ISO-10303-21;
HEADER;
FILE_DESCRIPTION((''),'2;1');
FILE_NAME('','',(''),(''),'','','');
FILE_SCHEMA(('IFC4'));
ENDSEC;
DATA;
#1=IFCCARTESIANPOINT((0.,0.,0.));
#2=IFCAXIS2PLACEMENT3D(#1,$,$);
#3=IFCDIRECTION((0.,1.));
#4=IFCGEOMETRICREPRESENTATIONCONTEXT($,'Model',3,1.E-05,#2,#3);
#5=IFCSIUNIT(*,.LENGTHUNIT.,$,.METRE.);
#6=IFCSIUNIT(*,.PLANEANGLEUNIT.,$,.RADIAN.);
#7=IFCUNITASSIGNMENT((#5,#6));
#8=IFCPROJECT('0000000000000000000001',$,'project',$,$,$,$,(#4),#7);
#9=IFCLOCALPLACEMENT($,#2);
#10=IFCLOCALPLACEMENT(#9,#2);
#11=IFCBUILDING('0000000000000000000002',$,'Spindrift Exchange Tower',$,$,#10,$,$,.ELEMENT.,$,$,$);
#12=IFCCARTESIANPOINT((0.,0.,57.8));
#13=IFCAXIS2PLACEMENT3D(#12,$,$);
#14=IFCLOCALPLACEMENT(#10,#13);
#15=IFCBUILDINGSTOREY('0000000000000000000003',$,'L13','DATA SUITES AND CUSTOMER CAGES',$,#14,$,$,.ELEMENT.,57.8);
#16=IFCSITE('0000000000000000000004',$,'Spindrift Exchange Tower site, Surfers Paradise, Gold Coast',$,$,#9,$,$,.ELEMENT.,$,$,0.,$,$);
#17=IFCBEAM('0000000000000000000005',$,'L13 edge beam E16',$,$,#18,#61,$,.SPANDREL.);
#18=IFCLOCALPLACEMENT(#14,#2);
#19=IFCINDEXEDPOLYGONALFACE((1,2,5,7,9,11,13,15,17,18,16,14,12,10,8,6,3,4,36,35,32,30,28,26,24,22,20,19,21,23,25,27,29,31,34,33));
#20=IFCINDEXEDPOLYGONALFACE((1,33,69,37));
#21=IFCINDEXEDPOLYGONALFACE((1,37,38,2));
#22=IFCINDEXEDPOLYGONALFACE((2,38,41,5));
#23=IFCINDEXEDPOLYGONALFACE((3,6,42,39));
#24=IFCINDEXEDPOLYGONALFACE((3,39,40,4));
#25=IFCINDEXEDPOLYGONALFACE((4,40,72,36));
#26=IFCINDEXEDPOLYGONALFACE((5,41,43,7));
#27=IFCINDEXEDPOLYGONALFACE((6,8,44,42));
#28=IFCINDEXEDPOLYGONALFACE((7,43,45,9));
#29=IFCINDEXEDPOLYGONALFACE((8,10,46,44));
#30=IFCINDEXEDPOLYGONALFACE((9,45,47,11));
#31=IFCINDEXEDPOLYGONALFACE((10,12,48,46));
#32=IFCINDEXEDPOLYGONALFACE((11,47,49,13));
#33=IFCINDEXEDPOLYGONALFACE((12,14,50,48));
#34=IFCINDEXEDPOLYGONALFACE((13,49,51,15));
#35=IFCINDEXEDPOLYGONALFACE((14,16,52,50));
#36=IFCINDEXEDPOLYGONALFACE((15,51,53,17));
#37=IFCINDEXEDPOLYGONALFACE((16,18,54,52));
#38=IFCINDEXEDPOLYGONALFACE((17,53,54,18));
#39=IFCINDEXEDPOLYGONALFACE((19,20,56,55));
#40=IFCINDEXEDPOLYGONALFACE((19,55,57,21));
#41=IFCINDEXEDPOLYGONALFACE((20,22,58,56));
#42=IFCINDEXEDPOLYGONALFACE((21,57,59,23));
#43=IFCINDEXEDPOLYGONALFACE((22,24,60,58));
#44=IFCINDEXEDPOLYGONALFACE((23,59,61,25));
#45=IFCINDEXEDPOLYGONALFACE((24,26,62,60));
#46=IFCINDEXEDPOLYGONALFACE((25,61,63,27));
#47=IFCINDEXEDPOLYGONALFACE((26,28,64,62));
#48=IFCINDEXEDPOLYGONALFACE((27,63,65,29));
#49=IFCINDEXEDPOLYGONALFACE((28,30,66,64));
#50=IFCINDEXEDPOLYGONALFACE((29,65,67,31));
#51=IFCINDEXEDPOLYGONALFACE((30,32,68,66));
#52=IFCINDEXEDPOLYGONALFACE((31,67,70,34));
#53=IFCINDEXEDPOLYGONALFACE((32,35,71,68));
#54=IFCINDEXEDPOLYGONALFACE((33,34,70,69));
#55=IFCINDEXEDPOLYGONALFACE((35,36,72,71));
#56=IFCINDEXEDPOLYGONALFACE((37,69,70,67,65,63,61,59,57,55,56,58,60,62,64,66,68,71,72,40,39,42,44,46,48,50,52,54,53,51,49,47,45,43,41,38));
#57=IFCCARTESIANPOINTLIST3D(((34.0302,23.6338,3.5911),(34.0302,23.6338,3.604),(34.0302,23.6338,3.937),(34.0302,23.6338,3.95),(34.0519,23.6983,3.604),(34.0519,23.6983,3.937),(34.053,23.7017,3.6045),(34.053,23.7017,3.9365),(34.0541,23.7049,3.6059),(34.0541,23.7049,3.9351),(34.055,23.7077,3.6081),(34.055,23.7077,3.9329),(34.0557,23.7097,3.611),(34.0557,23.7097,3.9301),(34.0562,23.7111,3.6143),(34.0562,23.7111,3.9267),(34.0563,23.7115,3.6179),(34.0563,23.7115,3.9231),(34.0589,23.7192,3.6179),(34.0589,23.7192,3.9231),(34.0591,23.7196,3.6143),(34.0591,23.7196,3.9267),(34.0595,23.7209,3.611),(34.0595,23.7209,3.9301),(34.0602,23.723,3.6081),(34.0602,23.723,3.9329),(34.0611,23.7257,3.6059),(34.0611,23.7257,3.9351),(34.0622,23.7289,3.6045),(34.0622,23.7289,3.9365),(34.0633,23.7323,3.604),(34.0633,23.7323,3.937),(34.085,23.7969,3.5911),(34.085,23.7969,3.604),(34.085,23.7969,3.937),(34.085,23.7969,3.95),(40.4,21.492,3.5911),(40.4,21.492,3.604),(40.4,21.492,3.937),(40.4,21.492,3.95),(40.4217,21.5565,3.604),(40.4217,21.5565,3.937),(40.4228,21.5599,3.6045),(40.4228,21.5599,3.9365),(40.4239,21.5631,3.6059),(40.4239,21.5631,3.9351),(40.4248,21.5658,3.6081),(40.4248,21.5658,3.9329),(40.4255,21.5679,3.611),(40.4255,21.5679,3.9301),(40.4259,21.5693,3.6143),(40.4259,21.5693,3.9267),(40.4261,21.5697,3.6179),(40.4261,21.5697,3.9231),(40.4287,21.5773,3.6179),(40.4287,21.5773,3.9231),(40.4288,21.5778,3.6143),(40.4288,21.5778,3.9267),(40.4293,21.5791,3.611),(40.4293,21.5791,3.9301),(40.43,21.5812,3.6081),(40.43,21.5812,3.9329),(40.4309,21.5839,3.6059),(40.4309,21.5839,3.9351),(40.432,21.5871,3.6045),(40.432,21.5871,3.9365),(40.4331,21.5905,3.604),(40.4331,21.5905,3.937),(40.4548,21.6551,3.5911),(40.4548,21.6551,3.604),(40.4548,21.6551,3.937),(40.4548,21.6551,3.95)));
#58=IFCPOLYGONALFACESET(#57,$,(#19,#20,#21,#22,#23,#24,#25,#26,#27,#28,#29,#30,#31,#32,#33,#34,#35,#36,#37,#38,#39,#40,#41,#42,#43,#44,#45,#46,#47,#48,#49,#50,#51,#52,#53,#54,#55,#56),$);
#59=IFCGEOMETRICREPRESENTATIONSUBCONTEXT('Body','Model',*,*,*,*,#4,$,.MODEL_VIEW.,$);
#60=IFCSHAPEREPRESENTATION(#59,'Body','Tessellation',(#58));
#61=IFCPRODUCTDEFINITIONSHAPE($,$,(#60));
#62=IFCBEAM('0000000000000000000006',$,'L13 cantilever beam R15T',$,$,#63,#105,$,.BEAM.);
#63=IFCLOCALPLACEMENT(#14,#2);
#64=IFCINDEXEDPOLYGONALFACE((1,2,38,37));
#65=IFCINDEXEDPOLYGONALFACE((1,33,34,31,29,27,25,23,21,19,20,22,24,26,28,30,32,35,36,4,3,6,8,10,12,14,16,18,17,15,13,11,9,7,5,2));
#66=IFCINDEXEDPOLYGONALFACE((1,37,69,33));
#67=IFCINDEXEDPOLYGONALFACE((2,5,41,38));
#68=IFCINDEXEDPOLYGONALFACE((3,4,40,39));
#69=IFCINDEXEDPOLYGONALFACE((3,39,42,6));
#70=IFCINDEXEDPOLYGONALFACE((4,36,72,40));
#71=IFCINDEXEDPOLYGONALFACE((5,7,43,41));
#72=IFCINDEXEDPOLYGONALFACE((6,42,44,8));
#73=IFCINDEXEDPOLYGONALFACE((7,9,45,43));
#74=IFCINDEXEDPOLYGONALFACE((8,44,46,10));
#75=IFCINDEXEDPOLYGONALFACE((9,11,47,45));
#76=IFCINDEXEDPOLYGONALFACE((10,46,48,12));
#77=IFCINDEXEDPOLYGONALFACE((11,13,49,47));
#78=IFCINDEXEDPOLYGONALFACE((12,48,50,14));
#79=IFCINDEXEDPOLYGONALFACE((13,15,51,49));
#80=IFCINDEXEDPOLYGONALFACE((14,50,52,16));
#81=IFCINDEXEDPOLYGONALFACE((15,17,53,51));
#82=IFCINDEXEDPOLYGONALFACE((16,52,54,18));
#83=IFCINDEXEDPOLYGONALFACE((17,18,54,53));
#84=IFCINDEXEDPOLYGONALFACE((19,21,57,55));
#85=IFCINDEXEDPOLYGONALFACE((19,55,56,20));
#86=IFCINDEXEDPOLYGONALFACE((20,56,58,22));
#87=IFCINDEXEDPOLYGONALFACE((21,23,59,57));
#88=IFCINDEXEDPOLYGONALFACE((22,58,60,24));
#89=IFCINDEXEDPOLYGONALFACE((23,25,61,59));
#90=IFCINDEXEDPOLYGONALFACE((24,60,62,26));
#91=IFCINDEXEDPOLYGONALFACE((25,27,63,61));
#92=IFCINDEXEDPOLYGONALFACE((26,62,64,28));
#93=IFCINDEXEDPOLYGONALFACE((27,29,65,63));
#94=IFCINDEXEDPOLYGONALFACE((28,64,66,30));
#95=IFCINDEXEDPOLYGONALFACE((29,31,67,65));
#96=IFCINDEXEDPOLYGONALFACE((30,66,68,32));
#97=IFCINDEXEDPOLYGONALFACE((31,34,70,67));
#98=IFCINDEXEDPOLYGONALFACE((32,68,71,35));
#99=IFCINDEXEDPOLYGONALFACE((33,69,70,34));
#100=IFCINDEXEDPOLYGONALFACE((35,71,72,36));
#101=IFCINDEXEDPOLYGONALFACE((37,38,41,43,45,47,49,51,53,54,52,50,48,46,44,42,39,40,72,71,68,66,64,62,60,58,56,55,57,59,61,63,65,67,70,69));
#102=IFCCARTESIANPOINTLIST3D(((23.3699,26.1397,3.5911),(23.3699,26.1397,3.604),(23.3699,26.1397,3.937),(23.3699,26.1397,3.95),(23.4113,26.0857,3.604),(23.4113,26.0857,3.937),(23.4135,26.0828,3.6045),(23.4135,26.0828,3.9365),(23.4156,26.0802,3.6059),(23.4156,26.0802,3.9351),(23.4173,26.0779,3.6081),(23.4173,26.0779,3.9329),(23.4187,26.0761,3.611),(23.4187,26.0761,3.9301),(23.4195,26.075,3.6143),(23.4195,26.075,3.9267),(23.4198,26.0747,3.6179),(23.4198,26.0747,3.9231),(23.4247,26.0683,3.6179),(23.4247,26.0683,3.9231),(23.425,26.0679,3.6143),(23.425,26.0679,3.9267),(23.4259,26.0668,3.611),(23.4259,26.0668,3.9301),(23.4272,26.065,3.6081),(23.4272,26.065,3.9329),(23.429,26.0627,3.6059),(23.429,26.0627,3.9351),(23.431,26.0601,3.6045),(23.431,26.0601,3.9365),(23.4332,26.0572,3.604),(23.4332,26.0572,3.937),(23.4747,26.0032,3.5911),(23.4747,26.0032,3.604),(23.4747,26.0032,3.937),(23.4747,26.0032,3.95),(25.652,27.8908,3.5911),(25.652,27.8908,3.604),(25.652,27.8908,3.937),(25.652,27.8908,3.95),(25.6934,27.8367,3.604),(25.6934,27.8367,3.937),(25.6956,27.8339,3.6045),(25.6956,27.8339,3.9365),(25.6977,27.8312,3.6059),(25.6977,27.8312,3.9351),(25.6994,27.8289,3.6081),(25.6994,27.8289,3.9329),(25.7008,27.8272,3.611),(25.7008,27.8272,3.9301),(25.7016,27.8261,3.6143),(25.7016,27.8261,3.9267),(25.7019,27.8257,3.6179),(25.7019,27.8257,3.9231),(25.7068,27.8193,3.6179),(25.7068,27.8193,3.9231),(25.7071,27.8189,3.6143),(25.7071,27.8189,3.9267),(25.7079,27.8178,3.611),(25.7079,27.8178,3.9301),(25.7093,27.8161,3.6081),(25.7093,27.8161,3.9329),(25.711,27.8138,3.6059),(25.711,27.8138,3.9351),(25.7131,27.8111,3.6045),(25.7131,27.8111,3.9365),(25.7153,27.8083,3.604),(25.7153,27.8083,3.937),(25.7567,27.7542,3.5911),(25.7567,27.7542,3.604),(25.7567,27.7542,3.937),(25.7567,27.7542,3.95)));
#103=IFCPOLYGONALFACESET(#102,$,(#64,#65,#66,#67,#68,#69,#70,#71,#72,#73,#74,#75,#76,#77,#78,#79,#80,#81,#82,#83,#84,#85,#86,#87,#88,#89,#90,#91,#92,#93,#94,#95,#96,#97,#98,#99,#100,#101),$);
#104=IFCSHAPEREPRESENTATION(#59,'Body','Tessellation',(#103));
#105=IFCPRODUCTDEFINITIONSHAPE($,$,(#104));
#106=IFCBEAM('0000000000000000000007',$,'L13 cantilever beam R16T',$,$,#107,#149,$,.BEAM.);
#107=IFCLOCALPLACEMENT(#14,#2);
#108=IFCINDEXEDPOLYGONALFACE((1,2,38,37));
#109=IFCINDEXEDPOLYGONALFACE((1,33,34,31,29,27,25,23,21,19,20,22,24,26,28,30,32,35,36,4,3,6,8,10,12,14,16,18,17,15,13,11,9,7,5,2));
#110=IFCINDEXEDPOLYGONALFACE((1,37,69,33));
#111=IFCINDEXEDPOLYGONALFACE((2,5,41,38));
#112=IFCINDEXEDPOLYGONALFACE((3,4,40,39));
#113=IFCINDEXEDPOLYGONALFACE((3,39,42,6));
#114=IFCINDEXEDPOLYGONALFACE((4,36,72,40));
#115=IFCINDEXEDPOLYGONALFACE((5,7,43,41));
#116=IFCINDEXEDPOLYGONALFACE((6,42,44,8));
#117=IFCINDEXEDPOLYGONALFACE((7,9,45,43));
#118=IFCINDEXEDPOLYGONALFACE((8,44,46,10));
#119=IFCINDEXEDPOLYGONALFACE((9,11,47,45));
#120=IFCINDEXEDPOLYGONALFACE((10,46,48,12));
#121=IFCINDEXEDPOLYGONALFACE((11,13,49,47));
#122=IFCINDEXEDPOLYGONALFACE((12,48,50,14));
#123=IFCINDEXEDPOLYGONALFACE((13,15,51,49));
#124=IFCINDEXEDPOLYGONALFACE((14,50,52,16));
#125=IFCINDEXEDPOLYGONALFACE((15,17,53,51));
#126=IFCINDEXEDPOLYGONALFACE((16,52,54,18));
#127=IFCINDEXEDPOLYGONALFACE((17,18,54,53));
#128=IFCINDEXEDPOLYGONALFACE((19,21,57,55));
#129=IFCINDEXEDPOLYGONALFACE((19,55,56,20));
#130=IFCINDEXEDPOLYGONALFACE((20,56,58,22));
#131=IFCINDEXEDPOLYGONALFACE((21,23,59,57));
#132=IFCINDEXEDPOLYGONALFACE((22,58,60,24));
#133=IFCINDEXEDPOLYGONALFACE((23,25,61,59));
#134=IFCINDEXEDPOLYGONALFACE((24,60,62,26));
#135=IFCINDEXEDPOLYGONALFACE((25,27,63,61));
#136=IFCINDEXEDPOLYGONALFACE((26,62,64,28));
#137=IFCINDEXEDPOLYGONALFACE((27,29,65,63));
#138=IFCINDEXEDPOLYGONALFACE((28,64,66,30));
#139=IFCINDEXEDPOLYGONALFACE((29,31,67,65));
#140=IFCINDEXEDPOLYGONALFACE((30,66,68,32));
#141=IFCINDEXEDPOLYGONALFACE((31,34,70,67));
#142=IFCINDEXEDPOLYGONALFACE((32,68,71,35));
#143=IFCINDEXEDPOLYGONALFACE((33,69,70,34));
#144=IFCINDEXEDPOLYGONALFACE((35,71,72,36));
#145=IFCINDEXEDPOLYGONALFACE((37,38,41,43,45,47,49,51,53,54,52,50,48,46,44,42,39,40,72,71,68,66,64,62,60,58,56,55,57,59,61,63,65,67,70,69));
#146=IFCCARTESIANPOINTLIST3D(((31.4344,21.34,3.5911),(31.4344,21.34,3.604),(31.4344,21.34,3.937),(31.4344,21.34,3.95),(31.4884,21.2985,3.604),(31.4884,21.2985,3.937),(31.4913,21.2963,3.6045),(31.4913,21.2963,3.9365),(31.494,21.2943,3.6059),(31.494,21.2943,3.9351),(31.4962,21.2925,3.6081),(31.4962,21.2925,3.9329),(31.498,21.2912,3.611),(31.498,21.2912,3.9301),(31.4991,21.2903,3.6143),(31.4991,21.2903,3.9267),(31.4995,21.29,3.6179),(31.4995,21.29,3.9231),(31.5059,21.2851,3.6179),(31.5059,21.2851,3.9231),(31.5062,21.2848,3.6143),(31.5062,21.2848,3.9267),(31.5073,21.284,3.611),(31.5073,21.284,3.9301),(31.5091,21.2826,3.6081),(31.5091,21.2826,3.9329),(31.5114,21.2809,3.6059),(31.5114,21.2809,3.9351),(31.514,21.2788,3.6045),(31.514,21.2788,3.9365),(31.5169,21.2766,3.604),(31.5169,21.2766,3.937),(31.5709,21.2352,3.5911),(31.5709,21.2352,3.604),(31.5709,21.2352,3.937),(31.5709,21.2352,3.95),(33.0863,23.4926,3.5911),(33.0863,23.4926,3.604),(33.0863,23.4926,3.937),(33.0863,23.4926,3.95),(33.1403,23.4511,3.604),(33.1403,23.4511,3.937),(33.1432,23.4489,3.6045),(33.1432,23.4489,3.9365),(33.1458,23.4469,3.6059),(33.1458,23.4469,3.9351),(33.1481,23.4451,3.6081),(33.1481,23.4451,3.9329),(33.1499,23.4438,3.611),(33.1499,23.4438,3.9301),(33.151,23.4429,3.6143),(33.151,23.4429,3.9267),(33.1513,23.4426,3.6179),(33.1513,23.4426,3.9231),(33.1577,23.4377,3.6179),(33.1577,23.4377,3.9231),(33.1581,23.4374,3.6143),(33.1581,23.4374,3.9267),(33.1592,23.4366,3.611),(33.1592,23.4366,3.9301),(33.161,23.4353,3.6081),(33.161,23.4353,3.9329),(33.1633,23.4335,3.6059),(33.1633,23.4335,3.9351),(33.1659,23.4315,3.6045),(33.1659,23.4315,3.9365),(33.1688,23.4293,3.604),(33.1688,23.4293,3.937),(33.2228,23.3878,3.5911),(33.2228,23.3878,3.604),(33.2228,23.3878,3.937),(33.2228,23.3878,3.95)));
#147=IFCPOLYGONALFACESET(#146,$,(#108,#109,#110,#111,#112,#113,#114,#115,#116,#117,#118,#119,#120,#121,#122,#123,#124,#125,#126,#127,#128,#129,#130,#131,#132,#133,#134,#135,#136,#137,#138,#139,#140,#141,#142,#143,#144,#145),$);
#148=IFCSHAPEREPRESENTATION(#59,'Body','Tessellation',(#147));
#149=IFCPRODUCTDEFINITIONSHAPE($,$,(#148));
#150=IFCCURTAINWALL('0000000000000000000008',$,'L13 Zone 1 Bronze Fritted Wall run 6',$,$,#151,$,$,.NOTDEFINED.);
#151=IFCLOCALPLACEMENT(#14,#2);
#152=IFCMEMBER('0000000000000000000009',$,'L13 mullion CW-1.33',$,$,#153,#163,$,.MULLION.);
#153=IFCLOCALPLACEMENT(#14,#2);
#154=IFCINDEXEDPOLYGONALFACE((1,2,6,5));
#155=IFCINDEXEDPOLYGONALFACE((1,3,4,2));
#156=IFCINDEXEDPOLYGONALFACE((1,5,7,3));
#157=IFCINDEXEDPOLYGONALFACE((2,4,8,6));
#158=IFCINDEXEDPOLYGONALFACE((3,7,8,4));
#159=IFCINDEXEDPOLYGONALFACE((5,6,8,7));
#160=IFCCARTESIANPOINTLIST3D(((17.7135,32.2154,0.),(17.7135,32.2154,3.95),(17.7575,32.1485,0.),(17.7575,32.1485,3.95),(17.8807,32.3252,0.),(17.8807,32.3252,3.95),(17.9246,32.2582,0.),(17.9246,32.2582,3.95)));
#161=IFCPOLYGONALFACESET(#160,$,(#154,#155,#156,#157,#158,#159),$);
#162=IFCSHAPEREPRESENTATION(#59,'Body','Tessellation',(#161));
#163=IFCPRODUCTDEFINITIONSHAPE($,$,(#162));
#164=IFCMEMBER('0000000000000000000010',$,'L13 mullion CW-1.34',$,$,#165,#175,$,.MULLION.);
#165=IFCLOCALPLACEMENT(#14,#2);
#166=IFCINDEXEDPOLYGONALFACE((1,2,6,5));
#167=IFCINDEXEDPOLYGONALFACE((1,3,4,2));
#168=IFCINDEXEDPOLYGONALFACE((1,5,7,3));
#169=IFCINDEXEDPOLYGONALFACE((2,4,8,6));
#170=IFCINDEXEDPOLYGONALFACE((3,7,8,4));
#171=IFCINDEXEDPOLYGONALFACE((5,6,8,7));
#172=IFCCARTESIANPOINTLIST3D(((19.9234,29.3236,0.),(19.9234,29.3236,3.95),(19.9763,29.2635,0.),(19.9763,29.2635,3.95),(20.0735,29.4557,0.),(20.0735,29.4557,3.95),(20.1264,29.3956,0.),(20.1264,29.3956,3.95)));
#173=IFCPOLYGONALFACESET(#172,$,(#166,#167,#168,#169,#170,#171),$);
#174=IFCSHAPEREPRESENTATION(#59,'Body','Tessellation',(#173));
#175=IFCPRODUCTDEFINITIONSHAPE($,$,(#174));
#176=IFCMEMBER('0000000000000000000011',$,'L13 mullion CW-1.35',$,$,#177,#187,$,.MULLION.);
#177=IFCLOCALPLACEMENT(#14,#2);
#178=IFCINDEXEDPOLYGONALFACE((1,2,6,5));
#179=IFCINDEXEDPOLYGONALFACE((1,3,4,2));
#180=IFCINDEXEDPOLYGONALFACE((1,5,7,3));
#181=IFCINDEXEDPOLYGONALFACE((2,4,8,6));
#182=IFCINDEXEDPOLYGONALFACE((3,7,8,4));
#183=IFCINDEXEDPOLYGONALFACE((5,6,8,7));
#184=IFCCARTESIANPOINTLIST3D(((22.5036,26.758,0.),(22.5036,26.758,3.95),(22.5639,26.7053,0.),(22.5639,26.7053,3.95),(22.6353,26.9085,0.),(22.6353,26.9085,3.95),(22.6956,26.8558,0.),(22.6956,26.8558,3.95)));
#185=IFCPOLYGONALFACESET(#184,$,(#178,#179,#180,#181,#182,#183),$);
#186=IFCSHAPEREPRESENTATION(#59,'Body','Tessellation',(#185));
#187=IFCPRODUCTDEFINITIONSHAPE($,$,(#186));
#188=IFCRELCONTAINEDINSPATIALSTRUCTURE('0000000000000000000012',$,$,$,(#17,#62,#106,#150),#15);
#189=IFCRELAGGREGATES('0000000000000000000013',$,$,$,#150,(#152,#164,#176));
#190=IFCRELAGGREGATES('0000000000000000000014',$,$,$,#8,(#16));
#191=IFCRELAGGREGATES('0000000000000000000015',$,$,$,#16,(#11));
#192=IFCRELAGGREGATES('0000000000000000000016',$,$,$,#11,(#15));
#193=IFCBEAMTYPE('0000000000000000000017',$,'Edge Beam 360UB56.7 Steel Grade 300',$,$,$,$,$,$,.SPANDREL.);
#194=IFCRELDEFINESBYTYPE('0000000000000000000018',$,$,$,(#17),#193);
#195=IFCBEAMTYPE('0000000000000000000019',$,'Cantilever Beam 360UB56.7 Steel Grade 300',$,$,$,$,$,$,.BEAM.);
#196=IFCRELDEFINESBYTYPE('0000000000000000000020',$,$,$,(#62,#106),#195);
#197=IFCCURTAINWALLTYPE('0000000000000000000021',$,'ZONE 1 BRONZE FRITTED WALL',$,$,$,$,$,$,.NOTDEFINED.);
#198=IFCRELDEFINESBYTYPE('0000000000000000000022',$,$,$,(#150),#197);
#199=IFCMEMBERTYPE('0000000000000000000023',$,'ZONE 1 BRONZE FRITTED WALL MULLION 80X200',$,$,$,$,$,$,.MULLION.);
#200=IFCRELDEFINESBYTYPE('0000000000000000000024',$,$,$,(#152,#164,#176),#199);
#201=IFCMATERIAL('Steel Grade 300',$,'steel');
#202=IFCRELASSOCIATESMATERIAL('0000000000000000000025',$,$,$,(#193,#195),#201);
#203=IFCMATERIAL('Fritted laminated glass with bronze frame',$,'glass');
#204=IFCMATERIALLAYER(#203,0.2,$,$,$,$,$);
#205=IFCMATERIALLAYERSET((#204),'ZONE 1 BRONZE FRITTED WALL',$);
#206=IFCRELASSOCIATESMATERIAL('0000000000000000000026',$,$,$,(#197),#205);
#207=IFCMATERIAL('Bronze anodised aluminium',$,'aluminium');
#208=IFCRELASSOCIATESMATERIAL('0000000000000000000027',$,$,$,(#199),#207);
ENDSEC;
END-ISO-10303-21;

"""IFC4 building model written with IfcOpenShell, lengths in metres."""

from ifc_helpers import new_model, si_unit, direction, frame, origin, origin_2d, place, context, subcontext, project, spatial, rectangle, i_section, extrude, source, transform, mapped, material, layer, layer_set, material_profile, profile_set, type_object, element, aggregate, save


model = new_model("IFC4")

# Units and contexts
model_context = context("Model", 3, precision=1e-05, world=origin(), true_north=direction((0.0, 1.0)))
body_context = subcontext(model_context, "Body", "Model", "MODEL_VIEW")
ifc_project = project(units=[si_unit("LENGTHUNIT", "METRE"), si_unit("PLANEANGLEUNIT", "RADIAN")], contexts=[model_context])

# Site, building, storey
site_placement = place(None, origin())
site = spatial("IfcSite", under=ifc_project, at=site_placement, Name="Spindrift Exchange Tower site, Surfers Paradise, Gold Coast", CompositionType="ELEMENT", RefElevation=0.0)
building_placement = place(site_placement, origin())
building = spatial("IfcBuilding", under=site, at=building_placement, Name="Spindrift Exchange Tower", CompositionType="ELEMENT")
storey_placement = place(building_placement, frame((0.0, 0.0, 57.8)))
storey = spatial("IfcBuildingStorey", under=building, at=storey_placement, Name="L13", Description="DATA SUITES AND CUSTOMER CAGES", CompositionType="ELEMENT", Elevation=57.8)

# Beams
ifc_material_1 = material(Name="Steel Grade 300", Category="steel")
ifc_material_profile_1 = material_profile(ifc_material_1, i_section(OverallWidth=0.1721, OverallDepth=0.3589, WebThickness=0.0081, FlangeThickness=0.0129, FilletRadius=0.0139, at=origin_2d()), Name="360UB56.7")
ifc_profile_set_1 = profile_set([ifc_material_profile_1], Name="Steel Grade 300")
beam_type_1 = type_object("IfcBeamType", Name="Edge Beam 360UB56.7 Steel Grade 300", PredefinedType="SPANDREL", material=ifc_profile_set_1)
shared_shape_1 = source(origin(), body_context, "Body", "SweptSolid", [
    extrude(i_section(OverallWidth=0.1721, OverallDepth=0.3589, WebThickness=0.0081, FlangeThickness=0.0129, FilletRadius=0.0139, at=origin_2d()), origin(), (0.0, 0.0, 1.0), 6.7202),
])
beam_1_placement = place(storey_placement, frame((34.0576, 23.7153, 3.7705), z_axis=(0.947852, -0.318712, 0.0), x_axis=(0.318712, 0.947852, 0.0)))
element("IfcBeam", 1, at=beam_1_placement, inside=storey, type_object=beam_type_1, Name="L13 edge beam E16", PredefinedType="SPANDREL", context=body_context, shape_type="MappedRepresentation", body=[
    mapped(shared_shape_1, transform((0.0, 0.0, 0.0), scale=1.0)),
])
ifc_material_profile_2 = material_profile(ifc_material_1, i_section(OverallWidth=0.1721, OverallDepth=0.3589, WebThickness=0.0081, FlangeThickness=0.0129, FilletRadius=0.0139, at=origin_2d()), Name="360UB56.7")
ifc_profile_set_2 = profile_set([ifc_material_profile_2], Name="Steel Grade 300")
beam_type_2 = type_object("IfcBeamType", Name="Cantilever Beam 360UB56.7 Steel Grade 300", PredefinedType="BEAM", material=ifc_profile_set_2)
shared_shape_2 = source(origin(), body_context, "Body", "SweptSolid", [
    extrude(i_section(OverallWidth=0.1721, OverallDepth=0.3589, WebThickness=0.0081, FlangeThickness=0.0129, FilletRadius=0.0139, at=origin_2d()), origin(), (0.0, 0.0, 1.0), 2.8765),
])
beam_2_placement = place(storey_placement, frame((25.7043, 27.8225, 3.7705), z_axis=(-0.793362, -0.60875, 0.0), x_axis=(0.60875, -0.793362, 0.0)))
element("IfcBeam", 2, at=beam_2_placement, inside=storey, type_object=beam_type_2, Name="L13 cantilever beam R15T", PredefinedType="BEAM", context=body_context, shape_type="MappedRepresentation", body=[
    mapped(shared_shape_2, transform((0.0, 0.0, 0.0), scale=1.0)),
])
shared_shape_3 = source(origin(), body_context, "Body", "SweptSolid", [
    extrude(i_section(OverallWidth=0.1721, OverallDepth=0.3589, WebThickness=0.0081, FlangeThickness=0.0129, FilletRadius=0.0139, at=origin_2d()), origin(), (0.0, 0.0, 1.0), 2.7134),
])
beam_3_placement = place(storey_placement, frame((33.1545, 23.4402, 3.7705), z_axis=(-0.608788, -0.793333, 0.0), x_axis=(0.793333, -0.608788, 0.0)))
element("IfcBeam", 3, at=beam_3_placement, inside=storey, type_object=beam_type_2, Name="L13 cantilever beam R16T", PredefinedType="BEAM", context=body_context, shape_type="MappedRepresentation", body=[
    mapped(shared_shape_3, transform((0.0, 0.0, 0.0), scale=1.0)),
])

# Curtain wall, members
ifc_material_2 = material(Name="Fritted laminated glass with bronze frame", Category="glass")
ifc_layer_1 = layer(ifc_material_2, 0.2)
ifc_layer_set_1 = layer_set([ifc_layer_1], Name="ZONE 1 BRONZE FRITTED WALL")
curtain_wall_type = type_object("IfcCurtainWallType", Name="ZONE 1 BRONZE FRITTED WALL", PredefinedType="NOTDEFINED", material=ifc_layer_set_1)
curtain_wall_1_placement = place(storey_placement, origin())
curtain_wall_1 = element("IfcCurtainWall", 4, at=curtain_wall_1_placement, inside=storey, type_object=curtain_wall_type, Name="L13 Zone 1 Bronze Fritted Wall run 6", PredefinedType="NOTDEFINED")
ifc_material_3 = material(Name="Bronze anodised aluminium", Category="aluminium")
ifc_material_profile_3 = material_profile(ifc_material_3, rectangle(XDim=0.0801, YDim=0.2, at=origin_2d()), Name="ZONE 1 BRONZE FRITTED WALL MULLION 80X200")
ifc_profile_set_3 = profile_set([ifc_material_profile_3], Name="Bronze anodised aluminium")
member_type_1 = type_object("IfcMemberType", Name="ZONE 1 BRONZE FRITTED WALL MULLION 80X200", PredefinedType="MULLION", material=ifc_profile_set_3)
shared_shape_4 = source(origin(), body_context, "Body", "SweptSolid", [
    extrude(rectangle(XDim=0.0801, YDim=0.2, at=origin_2d()), origin(), (0.0, 0.0, 1.0), 3.95),
])
member_1_placement = place(storey_placement, frame((17.8191, 32.2368, 0.0), z_axis=(0.0, 0.0, 1.0), x_axis=(0.548932, -0.835867, 0.0)))
member_1 = element("IfcMember", 5, at=member_1_placement, type_object=member_type_1, Name="L13 mullion CW-1.33", PredefinedType="MULLION", context=body_context, shape_type="MappedRepresentation", body=[
    mapped(shared_shape_4, transform((0.0, 0.0, 0.0), scale=1.0)),
])
member_2_placement = place(storey_placement, frame((20.0249, 29.3596, 0.0), z_axis=(0.0, 0.0, 1.0), x_axis=(0.660779, -0.75058, 0.0)))
member_2 = element("IfcMember", 6, at=member_2_placement, type_object=member_type_1, Name="L13 mullion CW-1.34", PredefinedType="MULLION", context=body_context, shape_type="MappedRepresentation", body=[
    mapped(shared_shape_4, transform((0.0, 0.0, 0.0), scale=1.0)),
])
member_3_placement = place(storey_placement, frame((22.5996, 26.8069, 0.0), z_axis=(0.0, 0.0, 1.0), x_axis=(0.752603, -0.658474, 0.0)))
member_3 = element("IfcMember", 7, at=member_3_placement, type_object=member_type_1, Name="L13 mullion CW-1.35", PredefinedType="MULLION", context=body_context, shape_type="MappedRepresentation", body=[
    mapped(shared_shape_4, transform((0.0, 0.0, 0.0), scale=1.0)),
])

aggregate(curtain_wall_1, [member_1, member_2, member_3])

save(model, "model.ifc")
